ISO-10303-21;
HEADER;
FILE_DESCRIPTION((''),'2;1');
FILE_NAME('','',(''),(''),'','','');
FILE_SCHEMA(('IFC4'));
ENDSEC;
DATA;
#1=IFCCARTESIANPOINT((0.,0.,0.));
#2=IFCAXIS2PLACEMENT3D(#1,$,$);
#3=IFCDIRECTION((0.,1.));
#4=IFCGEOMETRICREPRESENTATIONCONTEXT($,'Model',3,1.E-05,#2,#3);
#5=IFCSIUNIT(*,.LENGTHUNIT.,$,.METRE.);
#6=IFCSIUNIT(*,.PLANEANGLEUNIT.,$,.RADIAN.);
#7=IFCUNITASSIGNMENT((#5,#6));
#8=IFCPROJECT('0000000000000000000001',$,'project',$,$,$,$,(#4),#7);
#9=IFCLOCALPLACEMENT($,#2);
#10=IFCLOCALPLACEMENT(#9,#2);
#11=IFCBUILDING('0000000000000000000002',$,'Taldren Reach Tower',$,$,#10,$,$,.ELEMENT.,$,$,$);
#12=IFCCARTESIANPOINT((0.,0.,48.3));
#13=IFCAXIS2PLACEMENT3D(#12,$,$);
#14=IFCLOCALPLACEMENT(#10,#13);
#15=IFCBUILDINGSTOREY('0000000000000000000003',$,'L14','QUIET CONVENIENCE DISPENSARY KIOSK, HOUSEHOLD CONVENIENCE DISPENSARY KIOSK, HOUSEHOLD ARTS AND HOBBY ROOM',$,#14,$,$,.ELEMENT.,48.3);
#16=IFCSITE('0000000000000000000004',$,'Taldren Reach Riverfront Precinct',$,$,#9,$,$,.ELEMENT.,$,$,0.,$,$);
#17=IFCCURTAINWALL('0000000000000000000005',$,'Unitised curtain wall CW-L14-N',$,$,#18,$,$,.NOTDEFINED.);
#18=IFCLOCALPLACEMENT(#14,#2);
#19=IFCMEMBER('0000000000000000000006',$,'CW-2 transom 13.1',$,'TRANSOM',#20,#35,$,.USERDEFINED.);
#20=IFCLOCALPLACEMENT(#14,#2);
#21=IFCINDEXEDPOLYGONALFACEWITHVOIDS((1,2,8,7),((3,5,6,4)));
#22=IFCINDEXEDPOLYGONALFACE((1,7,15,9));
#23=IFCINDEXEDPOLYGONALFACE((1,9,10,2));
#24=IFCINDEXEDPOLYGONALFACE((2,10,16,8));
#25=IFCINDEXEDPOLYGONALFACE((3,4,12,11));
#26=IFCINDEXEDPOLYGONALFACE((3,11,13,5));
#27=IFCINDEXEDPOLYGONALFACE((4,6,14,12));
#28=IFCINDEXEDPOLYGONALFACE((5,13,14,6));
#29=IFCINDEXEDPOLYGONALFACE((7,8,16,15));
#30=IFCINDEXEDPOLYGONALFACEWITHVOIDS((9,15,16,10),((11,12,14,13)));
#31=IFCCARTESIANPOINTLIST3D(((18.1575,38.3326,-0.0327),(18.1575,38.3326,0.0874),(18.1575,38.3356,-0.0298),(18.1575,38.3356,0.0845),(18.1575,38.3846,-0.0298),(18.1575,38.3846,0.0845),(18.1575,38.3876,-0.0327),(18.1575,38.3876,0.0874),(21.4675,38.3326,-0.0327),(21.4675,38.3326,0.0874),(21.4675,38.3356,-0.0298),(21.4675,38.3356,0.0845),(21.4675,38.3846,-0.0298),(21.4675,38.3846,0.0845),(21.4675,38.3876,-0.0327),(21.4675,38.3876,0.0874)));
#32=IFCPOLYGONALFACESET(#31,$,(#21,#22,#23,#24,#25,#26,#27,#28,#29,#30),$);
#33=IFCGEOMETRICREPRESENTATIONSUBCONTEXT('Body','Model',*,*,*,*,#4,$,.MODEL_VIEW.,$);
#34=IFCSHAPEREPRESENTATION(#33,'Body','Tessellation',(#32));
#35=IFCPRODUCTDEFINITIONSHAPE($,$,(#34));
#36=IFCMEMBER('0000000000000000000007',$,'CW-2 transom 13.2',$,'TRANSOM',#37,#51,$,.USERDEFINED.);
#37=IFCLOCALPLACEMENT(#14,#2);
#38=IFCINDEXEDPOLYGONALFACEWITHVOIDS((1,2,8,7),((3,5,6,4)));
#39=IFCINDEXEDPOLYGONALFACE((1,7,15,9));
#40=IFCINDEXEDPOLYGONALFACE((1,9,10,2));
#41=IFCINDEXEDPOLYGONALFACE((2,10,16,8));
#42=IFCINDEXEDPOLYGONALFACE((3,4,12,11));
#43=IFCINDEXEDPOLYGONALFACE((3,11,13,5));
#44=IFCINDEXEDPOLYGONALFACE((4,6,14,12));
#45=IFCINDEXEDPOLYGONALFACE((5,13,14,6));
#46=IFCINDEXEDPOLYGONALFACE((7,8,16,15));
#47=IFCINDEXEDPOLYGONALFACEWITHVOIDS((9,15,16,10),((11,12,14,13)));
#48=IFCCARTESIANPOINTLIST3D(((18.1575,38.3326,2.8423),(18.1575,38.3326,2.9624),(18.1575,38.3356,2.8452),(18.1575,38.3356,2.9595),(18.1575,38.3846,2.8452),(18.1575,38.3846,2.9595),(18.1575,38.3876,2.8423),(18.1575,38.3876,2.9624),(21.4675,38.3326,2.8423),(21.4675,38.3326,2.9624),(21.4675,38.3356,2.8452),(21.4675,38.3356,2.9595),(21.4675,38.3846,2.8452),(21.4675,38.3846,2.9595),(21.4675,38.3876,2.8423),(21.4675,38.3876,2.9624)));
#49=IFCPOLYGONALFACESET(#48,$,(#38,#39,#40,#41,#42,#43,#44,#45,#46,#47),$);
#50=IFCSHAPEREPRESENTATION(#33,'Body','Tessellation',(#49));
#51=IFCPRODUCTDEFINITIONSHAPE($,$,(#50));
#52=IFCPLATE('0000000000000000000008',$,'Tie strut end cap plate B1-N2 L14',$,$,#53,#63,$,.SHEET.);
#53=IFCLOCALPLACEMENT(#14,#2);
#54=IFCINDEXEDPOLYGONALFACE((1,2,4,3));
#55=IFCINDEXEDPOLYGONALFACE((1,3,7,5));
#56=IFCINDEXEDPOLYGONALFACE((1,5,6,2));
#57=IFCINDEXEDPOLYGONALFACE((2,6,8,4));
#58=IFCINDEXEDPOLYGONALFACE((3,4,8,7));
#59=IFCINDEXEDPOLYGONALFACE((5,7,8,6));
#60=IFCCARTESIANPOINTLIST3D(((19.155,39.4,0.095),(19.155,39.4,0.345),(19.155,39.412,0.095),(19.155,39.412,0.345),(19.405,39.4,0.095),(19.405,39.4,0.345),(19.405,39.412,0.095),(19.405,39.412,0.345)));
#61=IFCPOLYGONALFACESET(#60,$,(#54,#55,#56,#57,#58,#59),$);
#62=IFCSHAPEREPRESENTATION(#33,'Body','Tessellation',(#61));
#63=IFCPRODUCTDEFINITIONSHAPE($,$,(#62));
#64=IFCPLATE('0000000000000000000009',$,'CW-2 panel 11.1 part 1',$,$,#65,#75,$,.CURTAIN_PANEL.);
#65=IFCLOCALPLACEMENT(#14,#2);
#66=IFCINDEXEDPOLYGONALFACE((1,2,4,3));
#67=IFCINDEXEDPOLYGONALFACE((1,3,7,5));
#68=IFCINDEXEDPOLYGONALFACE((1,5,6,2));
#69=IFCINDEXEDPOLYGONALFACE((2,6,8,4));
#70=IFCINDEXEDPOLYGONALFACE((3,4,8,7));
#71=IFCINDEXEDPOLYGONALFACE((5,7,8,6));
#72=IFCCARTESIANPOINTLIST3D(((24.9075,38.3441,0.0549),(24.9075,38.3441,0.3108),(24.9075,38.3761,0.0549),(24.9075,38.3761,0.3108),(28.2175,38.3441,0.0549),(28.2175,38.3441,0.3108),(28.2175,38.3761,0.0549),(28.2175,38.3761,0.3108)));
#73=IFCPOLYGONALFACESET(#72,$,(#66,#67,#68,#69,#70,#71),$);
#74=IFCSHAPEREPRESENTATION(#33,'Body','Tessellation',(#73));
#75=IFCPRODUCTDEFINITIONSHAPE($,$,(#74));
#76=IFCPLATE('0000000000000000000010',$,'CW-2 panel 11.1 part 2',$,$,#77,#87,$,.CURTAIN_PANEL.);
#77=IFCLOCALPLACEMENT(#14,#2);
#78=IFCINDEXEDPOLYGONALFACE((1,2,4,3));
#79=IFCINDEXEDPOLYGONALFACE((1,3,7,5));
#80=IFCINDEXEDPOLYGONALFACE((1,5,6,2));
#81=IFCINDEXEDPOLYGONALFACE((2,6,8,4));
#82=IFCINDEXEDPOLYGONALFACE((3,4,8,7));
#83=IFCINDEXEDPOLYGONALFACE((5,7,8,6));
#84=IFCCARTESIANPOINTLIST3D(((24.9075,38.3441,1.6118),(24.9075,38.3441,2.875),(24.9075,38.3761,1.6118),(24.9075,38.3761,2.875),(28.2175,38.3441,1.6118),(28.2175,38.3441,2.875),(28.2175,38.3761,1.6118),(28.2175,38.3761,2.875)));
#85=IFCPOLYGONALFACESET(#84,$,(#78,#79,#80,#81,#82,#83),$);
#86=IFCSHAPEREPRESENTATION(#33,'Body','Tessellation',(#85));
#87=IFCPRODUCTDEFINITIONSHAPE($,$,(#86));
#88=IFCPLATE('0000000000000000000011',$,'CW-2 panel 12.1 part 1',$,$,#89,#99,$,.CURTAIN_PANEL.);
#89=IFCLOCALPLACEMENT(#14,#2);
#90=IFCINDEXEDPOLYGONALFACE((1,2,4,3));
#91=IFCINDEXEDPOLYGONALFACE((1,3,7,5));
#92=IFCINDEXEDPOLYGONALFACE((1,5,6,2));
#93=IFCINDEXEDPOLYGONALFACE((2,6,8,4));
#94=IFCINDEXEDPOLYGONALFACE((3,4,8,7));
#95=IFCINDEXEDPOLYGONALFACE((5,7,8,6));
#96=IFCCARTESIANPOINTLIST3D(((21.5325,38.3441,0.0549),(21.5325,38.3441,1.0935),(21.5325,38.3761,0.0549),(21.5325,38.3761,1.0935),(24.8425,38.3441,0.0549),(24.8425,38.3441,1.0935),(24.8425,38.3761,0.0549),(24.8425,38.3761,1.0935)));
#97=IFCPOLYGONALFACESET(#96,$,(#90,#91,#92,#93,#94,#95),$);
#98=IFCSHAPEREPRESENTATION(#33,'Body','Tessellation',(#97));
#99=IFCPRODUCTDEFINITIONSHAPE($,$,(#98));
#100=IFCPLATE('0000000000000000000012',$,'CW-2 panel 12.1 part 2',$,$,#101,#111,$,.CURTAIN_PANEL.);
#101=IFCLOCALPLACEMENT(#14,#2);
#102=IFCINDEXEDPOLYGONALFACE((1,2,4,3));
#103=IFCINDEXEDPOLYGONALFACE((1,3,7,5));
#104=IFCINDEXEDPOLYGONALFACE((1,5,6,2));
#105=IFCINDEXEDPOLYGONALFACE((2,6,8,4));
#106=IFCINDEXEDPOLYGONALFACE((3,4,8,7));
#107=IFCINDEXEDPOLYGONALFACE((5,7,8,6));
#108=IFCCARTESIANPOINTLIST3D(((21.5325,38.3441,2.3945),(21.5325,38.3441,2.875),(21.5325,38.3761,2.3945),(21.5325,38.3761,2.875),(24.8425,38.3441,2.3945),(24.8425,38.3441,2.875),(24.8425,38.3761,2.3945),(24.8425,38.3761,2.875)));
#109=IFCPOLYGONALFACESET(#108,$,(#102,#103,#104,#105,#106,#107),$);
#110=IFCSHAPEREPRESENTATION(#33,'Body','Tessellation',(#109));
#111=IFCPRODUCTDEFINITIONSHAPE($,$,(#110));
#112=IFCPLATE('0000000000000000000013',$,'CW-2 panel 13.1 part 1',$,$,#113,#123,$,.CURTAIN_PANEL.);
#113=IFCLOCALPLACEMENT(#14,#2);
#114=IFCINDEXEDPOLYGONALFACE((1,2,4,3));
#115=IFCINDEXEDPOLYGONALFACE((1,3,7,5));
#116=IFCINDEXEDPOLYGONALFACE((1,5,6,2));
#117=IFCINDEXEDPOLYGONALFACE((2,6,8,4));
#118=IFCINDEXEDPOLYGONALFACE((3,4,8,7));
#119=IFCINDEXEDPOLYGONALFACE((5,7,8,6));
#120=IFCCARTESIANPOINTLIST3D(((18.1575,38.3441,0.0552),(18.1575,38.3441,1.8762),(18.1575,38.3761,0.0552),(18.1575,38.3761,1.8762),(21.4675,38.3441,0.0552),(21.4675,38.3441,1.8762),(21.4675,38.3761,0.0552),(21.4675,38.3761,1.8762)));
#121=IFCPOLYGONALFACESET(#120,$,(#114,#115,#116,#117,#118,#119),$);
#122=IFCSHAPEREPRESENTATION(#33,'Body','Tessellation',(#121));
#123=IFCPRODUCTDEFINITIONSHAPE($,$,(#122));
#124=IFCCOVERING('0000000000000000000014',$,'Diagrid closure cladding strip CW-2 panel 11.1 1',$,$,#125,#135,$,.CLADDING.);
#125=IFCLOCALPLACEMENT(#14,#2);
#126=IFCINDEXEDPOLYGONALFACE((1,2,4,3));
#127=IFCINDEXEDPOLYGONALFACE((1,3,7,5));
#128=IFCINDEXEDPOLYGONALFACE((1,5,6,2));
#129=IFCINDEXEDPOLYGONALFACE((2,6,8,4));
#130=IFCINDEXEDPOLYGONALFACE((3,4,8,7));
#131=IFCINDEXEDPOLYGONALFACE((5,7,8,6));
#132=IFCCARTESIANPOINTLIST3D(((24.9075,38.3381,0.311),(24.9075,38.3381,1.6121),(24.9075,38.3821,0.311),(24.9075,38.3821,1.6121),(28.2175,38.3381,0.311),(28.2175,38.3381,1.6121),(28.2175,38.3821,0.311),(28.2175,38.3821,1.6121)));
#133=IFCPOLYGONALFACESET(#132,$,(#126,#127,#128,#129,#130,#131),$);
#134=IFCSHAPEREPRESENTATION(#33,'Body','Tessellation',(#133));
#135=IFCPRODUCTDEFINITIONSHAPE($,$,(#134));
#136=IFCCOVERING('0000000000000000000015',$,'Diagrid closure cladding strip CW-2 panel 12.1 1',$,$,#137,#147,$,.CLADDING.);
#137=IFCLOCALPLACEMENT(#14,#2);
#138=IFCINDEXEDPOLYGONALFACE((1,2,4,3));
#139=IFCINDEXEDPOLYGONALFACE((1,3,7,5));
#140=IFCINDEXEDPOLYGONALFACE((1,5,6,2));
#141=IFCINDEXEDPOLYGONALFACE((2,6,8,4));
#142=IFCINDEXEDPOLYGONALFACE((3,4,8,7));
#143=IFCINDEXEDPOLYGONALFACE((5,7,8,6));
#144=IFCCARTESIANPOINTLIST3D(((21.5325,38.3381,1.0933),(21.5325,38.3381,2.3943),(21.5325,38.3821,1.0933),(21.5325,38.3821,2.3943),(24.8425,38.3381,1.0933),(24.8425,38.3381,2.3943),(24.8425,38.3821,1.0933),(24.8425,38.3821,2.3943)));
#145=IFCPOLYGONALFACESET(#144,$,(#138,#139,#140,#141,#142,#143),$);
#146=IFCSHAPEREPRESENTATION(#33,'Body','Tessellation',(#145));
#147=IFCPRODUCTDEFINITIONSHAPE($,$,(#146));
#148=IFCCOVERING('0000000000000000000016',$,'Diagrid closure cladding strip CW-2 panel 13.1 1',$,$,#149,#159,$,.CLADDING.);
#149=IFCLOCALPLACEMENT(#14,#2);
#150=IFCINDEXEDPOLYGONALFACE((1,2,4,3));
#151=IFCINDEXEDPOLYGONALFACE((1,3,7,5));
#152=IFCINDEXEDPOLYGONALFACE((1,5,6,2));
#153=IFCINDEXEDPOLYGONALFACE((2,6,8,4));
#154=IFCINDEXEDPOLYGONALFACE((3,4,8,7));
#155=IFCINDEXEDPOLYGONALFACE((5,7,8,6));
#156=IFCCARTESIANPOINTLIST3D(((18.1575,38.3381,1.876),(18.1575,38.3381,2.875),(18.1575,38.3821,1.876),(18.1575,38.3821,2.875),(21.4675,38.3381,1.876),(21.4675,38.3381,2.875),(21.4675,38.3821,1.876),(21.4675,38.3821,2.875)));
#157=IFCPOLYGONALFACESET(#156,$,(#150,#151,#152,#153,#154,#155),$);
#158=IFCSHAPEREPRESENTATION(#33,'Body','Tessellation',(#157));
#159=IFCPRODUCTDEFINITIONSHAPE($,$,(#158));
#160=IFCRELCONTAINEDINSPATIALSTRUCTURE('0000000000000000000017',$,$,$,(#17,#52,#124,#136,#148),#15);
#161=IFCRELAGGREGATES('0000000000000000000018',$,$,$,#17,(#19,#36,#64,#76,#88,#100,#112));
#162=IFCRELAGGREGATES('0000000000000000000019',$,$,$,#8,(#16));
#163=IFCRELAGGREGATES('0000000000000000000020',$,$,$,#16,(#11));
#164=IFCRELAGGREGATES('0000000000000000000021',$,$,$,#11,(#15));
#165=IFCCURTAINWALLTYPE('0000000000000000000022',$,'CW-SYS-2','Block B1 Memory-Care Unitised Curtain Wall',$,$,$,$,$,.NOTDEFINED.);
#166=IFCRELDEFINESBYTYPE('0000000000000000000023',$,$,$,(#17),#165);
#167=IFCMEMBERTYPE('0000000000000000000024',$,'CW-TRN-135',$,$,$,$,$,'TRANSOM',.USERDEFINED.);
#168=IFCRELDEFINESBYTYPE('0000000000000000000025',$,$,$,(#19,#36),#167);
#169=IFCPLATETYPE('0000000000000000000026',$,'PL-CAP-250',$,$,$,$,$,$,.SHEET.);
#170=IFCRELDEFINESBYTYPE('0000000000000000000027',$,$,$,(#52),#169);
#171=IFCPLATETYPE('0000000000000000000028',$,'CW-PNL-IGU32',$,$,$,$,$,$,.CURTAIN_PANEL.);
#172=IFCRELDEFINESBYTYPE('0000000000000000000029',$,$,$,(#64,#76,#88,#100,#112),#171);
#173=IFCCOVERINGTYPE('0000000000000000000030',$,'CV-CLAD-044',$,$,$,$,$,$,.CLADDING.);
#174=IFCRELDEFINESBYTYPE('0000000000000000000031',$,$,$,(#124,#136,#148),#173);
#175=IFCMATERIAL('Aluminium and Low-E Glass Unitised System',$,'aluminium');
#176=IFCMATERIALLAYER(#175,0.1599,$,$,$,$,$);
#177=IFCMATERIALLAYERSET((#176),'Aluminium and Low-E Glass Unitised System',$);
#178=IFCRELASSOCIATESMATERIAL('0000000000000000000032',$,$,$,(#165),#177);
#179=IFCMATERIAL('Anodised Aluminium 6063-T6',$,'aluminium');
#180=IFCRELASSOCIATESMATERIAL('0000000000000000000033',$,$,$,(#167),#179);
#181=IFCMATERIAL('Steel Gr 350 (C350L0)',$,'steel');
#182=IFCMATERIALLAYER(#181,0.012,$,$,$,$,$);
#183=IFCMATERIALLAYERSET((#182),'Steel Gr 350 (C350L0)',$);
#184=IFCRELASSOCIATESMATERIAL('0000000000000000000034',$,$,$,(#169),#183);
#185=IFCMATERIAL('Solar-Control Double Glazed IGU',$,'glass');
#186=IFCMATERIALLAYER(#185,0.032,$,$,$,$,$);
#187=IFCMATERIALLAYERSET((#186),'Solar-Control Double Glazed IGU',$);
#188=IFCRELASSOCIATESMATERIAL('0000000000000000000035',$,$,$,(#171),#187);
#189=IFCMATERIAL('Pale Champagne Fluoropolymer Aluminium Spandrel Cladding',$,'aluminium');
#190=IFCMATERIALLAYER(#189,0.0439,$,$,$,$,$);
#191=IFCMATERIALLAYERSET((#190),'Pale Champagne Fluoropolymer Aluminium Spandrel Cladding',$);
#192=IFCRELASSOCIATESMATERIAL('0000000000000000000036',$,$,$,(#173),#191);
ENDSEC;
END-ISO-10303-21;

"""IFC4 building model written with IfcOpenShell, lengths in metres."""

from ifc_helpers import new_model, si_unit, direction, frame, origin, origin_2d, place, context, subcontext, project, spatial, rectangle, hollow_rectangle, extrude, source, transform, mapped, material, layer, layer_set, material_profile, profile_set, type_object, element, aggregate, save


model = new_model("IFC4")

# Units and contexts
model_context = context("Model", 3, precision=1e-05, world=origin(), true_north=direction((0.0, 1.0)))
body_context = subcontext(model_context, "Body", "Model", "MODEL_VIEW")
ifc_project = project(units=[si_unit("LENGTHUNIT", "METRE"), si_unit("PLANEANGLEUNIT", "RADIAN")], contexts=[model_context])

# Site, building, storey
site_placement = place(None, origin())
site = spatial("IfcSite", under=ifc_project, at=site_placement, Name="Taldren Reach Riverfront Precinct", CompositionType="ELEMENT", RefElevation=0.0)
building_placement = place(site_placement, origin())
building = spatial("IfcBuilding", under=site, at=building_placement, Name="Taldren Reach Tower", CompositionType="ELEMENT")
storey_placement = place(building_placement, frame((0.0, 0.0, 48.3)))
storey = spatial("IfcBuildingStorey", under=building, at=storey_placement, Name="L14", Description="QUIET CONVENIENCE DISPENSARY KIOSK, HOUSEHOLD CONVENIENCE DISPENSARY KIOSK, HOUSEHOLD ARTS AND HOBBY ROOM", CompositionType="ELEMENT", Elevation=48.3)

# Shared definitions
ifc_material_1 = material(Name="Steel Gr 350 (C350L0)", Category="steel")

# Curtain wall, members
ifc_material_2 = material(Name="Aluminium and Low-E Glass Unitised System", Category="aluminium")
ifc_layer_1 = layer(ifc_material_2, 0.1599)
ifc_layer_set_1 = layer_set([ifc_layer_1], Name="Aluminium and Low-E Glass Unitised System")
curtain_wall_type = type_object("IfcCurtainWallType", Name="CW-SYS-2", Description="Block B1 Memory-Care Unitised Curtain Wall", PredefinedType="NOTDEFINED", material=ifc_layer_set_1)
curtain_wall_placement = place(storey_placement, origin())
curtain_wall = element("IfcCurtainWall", 1, at=curtain_wall_placement, inside=storey, type_object=curtain_wall_type, Name="Unitised curtain wall CW-L14-N", PredefinedType="NOTDEFINED")
ifc_material_3 = material(Name="Anodised Aluminium 6063-T6", Category="aluminium")
ifc_material_profile_1 = material_profile(ifc_material_3, hollow_rectangle(XDim=0.0549, YDim=0.1201, WallThickness=0.0029, at=origin_2d()), Name="ALU-120x55x3RHS")
ifc_profile_set_1 = profile_set([ifc_material_profile_1], Name="Anodised Aluminium 6063-T6")
member_type_1 = type_object("IfcMemberType", Name="CW-TRN-135", ElementType="TRANSOM", PredefinedType="USERDEFINED", material=ifc_profile_set_1)
shared_shape_1 = source(origin(), body_context, "Body", "SweptSolid", [
    extrude(hollow_rectangle(XDim=0.0549, YDim=0.1201, WallThickness=0.0029, at=origin_2d()), origin(), (0.0, 0.0, 1.0), 3.3101),
])
member_1_placement = place(storey_placement, frame((21.4675, 38.3601, 0.0273), z_axis=(-1.0, 0.0, 0.0), x_axis=(0.0, -1.0, 0.0)))
member_1 = element("IfcMember", 2, at=member_1_placement, type_object=member_type_1, Name="CW-2 transom 13.1", ObjectType="TRANSOM", PredefinedType="USERDEFINED", context=body_context, shape_type="MappedRepresentation", body=[
    mapped(shared_shape_1, transform((0.0, 0.0, 0.0), scale=1.0)),
])
member_2_placement = place(storey_placement, frame((21.4675, 38.3601, 2.9023), z_axis=(-1.0, 0.0, 0.0), x_axis=(0.0, -1.0, 0.0)))
member_2 = element("IfcMember", 3, at=member_2_placement, type_object=member_type_1, Name="CW-2 transom 13.2", ObjectType="TRANSOM", PredefinedType="USERDEFINED", context=body_context, shape_type="MappedRepresentation", body=[
    mapped(shared_shape_1, transform((0.0, 0.0, 0.0), scale=1.0)),
])

# Plates
ifc_layer_2 = layer(ifc_material_1, 0.012)
ifc_layer_set_2 = layer_set([ifc_layer_2], Name="Steel Gr 350 (C350L0)")
plate_type_1 = type_object("IfcPlateType", Name="PL-CAP-250", PredefinedType="SHEET", material=ifc_layer_set_2)
shared_shape_2 = source(origin(), body_context, "Body", "SweptSolid", [
    extrude(rectangle(XDim=0.25, YDim=0.012, at=origin_2d()), origin(), (0.0, 0.0, 1.0), 0.25),
])
plate_1_placement = place(storey_placement, frame((19.28, 39.406, 0.095), z_axis=(0.0, 0.0, 1.0), x_axis=(1.0, 0.0, 0.0)))
element("IfcPlate", 4, at=plate_1_placement, inside=storey, type_object=plate_type_1, Name="Tie strut end cap plate B1-N2 L14", PredefinedType="SHEET", context=body_context, shape_type="MappedRepresentation", body=[
    mapped(shared_shape_2, transform((0.0, 0.0, 0.0), scale=1.0)),
])
ifc_material_4 = material(Name="Solar-Control Double Glazed IGU", Category="glass")
ifc_layer_3 = layer(ifc_material_4, 0.032)
ifc_layer_set_3 = layer_set([ifc_layer_3], Name="Solar-Control Double Glazed IGU")
plate_type_2 = type_object("IfcPlateType", Name="CW-PNL-IGU32", PredefinedType="CURTAIN_PANEL", material=ifc_layer_set_3)
shared_shape_3 = source(origin(), body_context, "Body", "SweptSolid", [
    extrude(rectangle(XDim=3.3101, YDim=0.032, at=origin_2d()), origin(), (0.0, 0.0, 1.0), 0.2559),
])
plate_2_placement = place(storey_placement, frame((26.5625, 38.3601, 0.0549), z_axis=(0.0, 0.0, 1.0), x_axis=(-1.0, 0.0, 0.0)))
plate_2 = element("IfcPlate", 5, at=plate_2_placement, type_object=plate_type_2, Name="CW-2 panel 11.1 part 1", PredefinedType="CURTAIN_PANEL", context=body_context, shape_type="MappedRepresentation", body=[
    mapped(shared_shape_3, transform((0.0, 0.0, 0.0), scale=1.0)),
])
shared_shape_4 = source(origin(), body_context, "Body", "SweptSolid", [
    extrude(rectangle(XDim=3.3101, YDim=0.032, at=origin_2d()), origin(), (0.0, 0.0, 1.0), 1.2632),
])
plate_3_placement = place(storey_placement, frame((26.5625, 38.3601, 1.6118), z_axis=(0.0, 0.0, 1.0), x_axis=(-1.0, 0.0, 0.0)))
plate_3 = element("IfcPlate", 6, at=plate_3_placement, type_object=plate_type_2, Name="CW-2 panel 11.1 part 2", PredefinedType="CURTAIN_PANEL", context=body_context, shape_type="MappedRepresentation", body=[
    mapped(shared_shape_4, transform((0.0, 0.0, 0.0), scale=1.0)),
])
shared_shape_5 = source(origin(), body_context, "Body", "SweptSolid", [
    extrude(rectangle(XDim=3.3101, YDim=0.032, at=origin_2d()), origin(), (0.0, 0.0, 1.0), 1.0386),
])
plate_4_placement = place(storey_placement, frame((23.1875, 38.3601, 0.0549), z_axis=(0.0, 0.0, 1.0), x_axis=(-1.0, 0.0, 0.0)))
plate_4 = element("IfcPlate", 7, at=plate_4_placement, type_object=plate_type_2, Name="CW-2 panel 12.1 part 1", PredefinedType="CURTAIN_PANEL", context=body_context, shape_type="MappedRepresentation", body=[
    mapped(shared_shape_5, transform((0.0, 0.0, 0.0), scale=1.0)),
])
shared_shape_6 = source(origin(), body_context, "Body", "SweptSolid", [
    extrude(rectangle(XDim=3.3101, YDim=0.032, at=origin_2d()), origin(), (0.0, 0.0, 1.0), 0.4805),
])
plate_5_placement = place(storey_placement, frame((23.1875, 38.3601, 2.3945), z_axis=(0.0, 0.0, 1.0), x_axis=(-1.0, 0.0, 0.0)))
plate_5 = element("IfcPlate", 8, at=plate_5_placement, type_object=plate_type_2, Name="CW-2 panel 12.1 part 2", PredefinedType="CURTAIN_PANEL", context=body_context, shape_type="MappedRepresentation", body=[
    mapped(shared_shape_6, transform((0.0, 0.0, 0.0), scale=1.0)),
])
shared_shape_7 = source(origin(), body_context, "Body", "SweptSolid", [
    extrude(rectangle(XDim=3.3101, YDim=0.032, at=origin_2d()), origin(), (0.0, 0.0, 1.0), 1.821),
])
plate_6_placement = place(storey_placement, frame((19.8125, 38.3601, 0.0552), z_axis=(0.0, 0.0, 1.0), x_axis=(-1.0, 0.0, 0.0)))
plate_6 = element("IfcPlate", 9, at=plate_6_placement, type_object=plate_type_2, Name="CW-2 panel 13.1 part 1", PredefinedType="CURTAIN_PANEL", context=body_context, shape_type="MappedRepresentation", body=[
    mapped(shared_shape_7, transform((0.0, 0.0, 0.0), scale=1.0)),
])
aggregate(curtain_wall, [member_1, member_2, plate_2, plate_3, plate_4, plate_5, plate_6])

# Coverings
ifc_material_5 = material(Name="Pale Champagne Fluoropolymer Aluminium Spandrel Cladding", Category="aluminium")
ifc_layer_4 = layer(ifc_material_5, 0.0439)
ifc_layer_set_4 = layer_set([ifc_layer_4], Name="Pale Champagne Fluoropolymer Aluminium Spandrel Cladding")
covering_type = type_object("IfcCoveringType", Name="CV-CLAD-044", PredefinedType="CLADDING", material=ifc_layer_set_4)
shared_shape_8 = source(origin(), body_context, "Body", "SweptSolid", [
    extrude(rectangle(XDim=3.3101, YDim=0.0439, at=origin_2d()), origin(), (0.0, 0.0, 1.0), 1.301),
])
for number, where, z_axis, x_axis, name in (
    (10, (26.5625, 38.3601, 0.311), (0.0, 0.0, 1.0), (-1.0, 0.0, 0.0), "Diagrid closure cladding strip CW-2 panel 11.1 1"),
    (11, (23.1875, 38.3601, 1.0933), (0.0, 0.0, 1.0), (-1.0, 0.0, 0.0), "Diagrid closure cladding strip CW-2 panel 12.1 1"),
):
    element("IfcCovering", number, at=place(storey_placement, frame(where, z_axis=z_axis, x_axis=x_axis)), inside=storey, type_object=covering_type, Name=name, PredefinedType="CLADDING", context=body_context, shape_type="MappedRepresentation", body=[
        mapped(shared_shape_8, transform((0.0, 0.0, 0.0), scale=1.0)),
    ])
shared_shape_9 = source(origin(), body_context, "Body", "SweptSolid", [
    extrude(rectangle(XDim=3.3101, YDim=0.0439, at=origin_2d()), origin(), (0.0, 0.0, 1.0), 0.999),
])
covering_placement = place(storey_placement, frame((19.8125, 38.3601, 1.876), z_axis=(0.0, 0.0, 1.0), x_axis=(-1.0, 0.0, 0.0)))
element("IfcCovering", 12, at=covering_placement, inside=storey, type_object=covering_type, Name="Diagrid closure cladding strip CW-2 panel 13.1 1", PredefinedType="CLADDING", context=body_context, shape_type="MappedRepresentation", body=[
    mapped(shared_shape_9, transform((0.0, 0.0, 0.0), scale=1.0)),
])

save(model, "model.ifc")
